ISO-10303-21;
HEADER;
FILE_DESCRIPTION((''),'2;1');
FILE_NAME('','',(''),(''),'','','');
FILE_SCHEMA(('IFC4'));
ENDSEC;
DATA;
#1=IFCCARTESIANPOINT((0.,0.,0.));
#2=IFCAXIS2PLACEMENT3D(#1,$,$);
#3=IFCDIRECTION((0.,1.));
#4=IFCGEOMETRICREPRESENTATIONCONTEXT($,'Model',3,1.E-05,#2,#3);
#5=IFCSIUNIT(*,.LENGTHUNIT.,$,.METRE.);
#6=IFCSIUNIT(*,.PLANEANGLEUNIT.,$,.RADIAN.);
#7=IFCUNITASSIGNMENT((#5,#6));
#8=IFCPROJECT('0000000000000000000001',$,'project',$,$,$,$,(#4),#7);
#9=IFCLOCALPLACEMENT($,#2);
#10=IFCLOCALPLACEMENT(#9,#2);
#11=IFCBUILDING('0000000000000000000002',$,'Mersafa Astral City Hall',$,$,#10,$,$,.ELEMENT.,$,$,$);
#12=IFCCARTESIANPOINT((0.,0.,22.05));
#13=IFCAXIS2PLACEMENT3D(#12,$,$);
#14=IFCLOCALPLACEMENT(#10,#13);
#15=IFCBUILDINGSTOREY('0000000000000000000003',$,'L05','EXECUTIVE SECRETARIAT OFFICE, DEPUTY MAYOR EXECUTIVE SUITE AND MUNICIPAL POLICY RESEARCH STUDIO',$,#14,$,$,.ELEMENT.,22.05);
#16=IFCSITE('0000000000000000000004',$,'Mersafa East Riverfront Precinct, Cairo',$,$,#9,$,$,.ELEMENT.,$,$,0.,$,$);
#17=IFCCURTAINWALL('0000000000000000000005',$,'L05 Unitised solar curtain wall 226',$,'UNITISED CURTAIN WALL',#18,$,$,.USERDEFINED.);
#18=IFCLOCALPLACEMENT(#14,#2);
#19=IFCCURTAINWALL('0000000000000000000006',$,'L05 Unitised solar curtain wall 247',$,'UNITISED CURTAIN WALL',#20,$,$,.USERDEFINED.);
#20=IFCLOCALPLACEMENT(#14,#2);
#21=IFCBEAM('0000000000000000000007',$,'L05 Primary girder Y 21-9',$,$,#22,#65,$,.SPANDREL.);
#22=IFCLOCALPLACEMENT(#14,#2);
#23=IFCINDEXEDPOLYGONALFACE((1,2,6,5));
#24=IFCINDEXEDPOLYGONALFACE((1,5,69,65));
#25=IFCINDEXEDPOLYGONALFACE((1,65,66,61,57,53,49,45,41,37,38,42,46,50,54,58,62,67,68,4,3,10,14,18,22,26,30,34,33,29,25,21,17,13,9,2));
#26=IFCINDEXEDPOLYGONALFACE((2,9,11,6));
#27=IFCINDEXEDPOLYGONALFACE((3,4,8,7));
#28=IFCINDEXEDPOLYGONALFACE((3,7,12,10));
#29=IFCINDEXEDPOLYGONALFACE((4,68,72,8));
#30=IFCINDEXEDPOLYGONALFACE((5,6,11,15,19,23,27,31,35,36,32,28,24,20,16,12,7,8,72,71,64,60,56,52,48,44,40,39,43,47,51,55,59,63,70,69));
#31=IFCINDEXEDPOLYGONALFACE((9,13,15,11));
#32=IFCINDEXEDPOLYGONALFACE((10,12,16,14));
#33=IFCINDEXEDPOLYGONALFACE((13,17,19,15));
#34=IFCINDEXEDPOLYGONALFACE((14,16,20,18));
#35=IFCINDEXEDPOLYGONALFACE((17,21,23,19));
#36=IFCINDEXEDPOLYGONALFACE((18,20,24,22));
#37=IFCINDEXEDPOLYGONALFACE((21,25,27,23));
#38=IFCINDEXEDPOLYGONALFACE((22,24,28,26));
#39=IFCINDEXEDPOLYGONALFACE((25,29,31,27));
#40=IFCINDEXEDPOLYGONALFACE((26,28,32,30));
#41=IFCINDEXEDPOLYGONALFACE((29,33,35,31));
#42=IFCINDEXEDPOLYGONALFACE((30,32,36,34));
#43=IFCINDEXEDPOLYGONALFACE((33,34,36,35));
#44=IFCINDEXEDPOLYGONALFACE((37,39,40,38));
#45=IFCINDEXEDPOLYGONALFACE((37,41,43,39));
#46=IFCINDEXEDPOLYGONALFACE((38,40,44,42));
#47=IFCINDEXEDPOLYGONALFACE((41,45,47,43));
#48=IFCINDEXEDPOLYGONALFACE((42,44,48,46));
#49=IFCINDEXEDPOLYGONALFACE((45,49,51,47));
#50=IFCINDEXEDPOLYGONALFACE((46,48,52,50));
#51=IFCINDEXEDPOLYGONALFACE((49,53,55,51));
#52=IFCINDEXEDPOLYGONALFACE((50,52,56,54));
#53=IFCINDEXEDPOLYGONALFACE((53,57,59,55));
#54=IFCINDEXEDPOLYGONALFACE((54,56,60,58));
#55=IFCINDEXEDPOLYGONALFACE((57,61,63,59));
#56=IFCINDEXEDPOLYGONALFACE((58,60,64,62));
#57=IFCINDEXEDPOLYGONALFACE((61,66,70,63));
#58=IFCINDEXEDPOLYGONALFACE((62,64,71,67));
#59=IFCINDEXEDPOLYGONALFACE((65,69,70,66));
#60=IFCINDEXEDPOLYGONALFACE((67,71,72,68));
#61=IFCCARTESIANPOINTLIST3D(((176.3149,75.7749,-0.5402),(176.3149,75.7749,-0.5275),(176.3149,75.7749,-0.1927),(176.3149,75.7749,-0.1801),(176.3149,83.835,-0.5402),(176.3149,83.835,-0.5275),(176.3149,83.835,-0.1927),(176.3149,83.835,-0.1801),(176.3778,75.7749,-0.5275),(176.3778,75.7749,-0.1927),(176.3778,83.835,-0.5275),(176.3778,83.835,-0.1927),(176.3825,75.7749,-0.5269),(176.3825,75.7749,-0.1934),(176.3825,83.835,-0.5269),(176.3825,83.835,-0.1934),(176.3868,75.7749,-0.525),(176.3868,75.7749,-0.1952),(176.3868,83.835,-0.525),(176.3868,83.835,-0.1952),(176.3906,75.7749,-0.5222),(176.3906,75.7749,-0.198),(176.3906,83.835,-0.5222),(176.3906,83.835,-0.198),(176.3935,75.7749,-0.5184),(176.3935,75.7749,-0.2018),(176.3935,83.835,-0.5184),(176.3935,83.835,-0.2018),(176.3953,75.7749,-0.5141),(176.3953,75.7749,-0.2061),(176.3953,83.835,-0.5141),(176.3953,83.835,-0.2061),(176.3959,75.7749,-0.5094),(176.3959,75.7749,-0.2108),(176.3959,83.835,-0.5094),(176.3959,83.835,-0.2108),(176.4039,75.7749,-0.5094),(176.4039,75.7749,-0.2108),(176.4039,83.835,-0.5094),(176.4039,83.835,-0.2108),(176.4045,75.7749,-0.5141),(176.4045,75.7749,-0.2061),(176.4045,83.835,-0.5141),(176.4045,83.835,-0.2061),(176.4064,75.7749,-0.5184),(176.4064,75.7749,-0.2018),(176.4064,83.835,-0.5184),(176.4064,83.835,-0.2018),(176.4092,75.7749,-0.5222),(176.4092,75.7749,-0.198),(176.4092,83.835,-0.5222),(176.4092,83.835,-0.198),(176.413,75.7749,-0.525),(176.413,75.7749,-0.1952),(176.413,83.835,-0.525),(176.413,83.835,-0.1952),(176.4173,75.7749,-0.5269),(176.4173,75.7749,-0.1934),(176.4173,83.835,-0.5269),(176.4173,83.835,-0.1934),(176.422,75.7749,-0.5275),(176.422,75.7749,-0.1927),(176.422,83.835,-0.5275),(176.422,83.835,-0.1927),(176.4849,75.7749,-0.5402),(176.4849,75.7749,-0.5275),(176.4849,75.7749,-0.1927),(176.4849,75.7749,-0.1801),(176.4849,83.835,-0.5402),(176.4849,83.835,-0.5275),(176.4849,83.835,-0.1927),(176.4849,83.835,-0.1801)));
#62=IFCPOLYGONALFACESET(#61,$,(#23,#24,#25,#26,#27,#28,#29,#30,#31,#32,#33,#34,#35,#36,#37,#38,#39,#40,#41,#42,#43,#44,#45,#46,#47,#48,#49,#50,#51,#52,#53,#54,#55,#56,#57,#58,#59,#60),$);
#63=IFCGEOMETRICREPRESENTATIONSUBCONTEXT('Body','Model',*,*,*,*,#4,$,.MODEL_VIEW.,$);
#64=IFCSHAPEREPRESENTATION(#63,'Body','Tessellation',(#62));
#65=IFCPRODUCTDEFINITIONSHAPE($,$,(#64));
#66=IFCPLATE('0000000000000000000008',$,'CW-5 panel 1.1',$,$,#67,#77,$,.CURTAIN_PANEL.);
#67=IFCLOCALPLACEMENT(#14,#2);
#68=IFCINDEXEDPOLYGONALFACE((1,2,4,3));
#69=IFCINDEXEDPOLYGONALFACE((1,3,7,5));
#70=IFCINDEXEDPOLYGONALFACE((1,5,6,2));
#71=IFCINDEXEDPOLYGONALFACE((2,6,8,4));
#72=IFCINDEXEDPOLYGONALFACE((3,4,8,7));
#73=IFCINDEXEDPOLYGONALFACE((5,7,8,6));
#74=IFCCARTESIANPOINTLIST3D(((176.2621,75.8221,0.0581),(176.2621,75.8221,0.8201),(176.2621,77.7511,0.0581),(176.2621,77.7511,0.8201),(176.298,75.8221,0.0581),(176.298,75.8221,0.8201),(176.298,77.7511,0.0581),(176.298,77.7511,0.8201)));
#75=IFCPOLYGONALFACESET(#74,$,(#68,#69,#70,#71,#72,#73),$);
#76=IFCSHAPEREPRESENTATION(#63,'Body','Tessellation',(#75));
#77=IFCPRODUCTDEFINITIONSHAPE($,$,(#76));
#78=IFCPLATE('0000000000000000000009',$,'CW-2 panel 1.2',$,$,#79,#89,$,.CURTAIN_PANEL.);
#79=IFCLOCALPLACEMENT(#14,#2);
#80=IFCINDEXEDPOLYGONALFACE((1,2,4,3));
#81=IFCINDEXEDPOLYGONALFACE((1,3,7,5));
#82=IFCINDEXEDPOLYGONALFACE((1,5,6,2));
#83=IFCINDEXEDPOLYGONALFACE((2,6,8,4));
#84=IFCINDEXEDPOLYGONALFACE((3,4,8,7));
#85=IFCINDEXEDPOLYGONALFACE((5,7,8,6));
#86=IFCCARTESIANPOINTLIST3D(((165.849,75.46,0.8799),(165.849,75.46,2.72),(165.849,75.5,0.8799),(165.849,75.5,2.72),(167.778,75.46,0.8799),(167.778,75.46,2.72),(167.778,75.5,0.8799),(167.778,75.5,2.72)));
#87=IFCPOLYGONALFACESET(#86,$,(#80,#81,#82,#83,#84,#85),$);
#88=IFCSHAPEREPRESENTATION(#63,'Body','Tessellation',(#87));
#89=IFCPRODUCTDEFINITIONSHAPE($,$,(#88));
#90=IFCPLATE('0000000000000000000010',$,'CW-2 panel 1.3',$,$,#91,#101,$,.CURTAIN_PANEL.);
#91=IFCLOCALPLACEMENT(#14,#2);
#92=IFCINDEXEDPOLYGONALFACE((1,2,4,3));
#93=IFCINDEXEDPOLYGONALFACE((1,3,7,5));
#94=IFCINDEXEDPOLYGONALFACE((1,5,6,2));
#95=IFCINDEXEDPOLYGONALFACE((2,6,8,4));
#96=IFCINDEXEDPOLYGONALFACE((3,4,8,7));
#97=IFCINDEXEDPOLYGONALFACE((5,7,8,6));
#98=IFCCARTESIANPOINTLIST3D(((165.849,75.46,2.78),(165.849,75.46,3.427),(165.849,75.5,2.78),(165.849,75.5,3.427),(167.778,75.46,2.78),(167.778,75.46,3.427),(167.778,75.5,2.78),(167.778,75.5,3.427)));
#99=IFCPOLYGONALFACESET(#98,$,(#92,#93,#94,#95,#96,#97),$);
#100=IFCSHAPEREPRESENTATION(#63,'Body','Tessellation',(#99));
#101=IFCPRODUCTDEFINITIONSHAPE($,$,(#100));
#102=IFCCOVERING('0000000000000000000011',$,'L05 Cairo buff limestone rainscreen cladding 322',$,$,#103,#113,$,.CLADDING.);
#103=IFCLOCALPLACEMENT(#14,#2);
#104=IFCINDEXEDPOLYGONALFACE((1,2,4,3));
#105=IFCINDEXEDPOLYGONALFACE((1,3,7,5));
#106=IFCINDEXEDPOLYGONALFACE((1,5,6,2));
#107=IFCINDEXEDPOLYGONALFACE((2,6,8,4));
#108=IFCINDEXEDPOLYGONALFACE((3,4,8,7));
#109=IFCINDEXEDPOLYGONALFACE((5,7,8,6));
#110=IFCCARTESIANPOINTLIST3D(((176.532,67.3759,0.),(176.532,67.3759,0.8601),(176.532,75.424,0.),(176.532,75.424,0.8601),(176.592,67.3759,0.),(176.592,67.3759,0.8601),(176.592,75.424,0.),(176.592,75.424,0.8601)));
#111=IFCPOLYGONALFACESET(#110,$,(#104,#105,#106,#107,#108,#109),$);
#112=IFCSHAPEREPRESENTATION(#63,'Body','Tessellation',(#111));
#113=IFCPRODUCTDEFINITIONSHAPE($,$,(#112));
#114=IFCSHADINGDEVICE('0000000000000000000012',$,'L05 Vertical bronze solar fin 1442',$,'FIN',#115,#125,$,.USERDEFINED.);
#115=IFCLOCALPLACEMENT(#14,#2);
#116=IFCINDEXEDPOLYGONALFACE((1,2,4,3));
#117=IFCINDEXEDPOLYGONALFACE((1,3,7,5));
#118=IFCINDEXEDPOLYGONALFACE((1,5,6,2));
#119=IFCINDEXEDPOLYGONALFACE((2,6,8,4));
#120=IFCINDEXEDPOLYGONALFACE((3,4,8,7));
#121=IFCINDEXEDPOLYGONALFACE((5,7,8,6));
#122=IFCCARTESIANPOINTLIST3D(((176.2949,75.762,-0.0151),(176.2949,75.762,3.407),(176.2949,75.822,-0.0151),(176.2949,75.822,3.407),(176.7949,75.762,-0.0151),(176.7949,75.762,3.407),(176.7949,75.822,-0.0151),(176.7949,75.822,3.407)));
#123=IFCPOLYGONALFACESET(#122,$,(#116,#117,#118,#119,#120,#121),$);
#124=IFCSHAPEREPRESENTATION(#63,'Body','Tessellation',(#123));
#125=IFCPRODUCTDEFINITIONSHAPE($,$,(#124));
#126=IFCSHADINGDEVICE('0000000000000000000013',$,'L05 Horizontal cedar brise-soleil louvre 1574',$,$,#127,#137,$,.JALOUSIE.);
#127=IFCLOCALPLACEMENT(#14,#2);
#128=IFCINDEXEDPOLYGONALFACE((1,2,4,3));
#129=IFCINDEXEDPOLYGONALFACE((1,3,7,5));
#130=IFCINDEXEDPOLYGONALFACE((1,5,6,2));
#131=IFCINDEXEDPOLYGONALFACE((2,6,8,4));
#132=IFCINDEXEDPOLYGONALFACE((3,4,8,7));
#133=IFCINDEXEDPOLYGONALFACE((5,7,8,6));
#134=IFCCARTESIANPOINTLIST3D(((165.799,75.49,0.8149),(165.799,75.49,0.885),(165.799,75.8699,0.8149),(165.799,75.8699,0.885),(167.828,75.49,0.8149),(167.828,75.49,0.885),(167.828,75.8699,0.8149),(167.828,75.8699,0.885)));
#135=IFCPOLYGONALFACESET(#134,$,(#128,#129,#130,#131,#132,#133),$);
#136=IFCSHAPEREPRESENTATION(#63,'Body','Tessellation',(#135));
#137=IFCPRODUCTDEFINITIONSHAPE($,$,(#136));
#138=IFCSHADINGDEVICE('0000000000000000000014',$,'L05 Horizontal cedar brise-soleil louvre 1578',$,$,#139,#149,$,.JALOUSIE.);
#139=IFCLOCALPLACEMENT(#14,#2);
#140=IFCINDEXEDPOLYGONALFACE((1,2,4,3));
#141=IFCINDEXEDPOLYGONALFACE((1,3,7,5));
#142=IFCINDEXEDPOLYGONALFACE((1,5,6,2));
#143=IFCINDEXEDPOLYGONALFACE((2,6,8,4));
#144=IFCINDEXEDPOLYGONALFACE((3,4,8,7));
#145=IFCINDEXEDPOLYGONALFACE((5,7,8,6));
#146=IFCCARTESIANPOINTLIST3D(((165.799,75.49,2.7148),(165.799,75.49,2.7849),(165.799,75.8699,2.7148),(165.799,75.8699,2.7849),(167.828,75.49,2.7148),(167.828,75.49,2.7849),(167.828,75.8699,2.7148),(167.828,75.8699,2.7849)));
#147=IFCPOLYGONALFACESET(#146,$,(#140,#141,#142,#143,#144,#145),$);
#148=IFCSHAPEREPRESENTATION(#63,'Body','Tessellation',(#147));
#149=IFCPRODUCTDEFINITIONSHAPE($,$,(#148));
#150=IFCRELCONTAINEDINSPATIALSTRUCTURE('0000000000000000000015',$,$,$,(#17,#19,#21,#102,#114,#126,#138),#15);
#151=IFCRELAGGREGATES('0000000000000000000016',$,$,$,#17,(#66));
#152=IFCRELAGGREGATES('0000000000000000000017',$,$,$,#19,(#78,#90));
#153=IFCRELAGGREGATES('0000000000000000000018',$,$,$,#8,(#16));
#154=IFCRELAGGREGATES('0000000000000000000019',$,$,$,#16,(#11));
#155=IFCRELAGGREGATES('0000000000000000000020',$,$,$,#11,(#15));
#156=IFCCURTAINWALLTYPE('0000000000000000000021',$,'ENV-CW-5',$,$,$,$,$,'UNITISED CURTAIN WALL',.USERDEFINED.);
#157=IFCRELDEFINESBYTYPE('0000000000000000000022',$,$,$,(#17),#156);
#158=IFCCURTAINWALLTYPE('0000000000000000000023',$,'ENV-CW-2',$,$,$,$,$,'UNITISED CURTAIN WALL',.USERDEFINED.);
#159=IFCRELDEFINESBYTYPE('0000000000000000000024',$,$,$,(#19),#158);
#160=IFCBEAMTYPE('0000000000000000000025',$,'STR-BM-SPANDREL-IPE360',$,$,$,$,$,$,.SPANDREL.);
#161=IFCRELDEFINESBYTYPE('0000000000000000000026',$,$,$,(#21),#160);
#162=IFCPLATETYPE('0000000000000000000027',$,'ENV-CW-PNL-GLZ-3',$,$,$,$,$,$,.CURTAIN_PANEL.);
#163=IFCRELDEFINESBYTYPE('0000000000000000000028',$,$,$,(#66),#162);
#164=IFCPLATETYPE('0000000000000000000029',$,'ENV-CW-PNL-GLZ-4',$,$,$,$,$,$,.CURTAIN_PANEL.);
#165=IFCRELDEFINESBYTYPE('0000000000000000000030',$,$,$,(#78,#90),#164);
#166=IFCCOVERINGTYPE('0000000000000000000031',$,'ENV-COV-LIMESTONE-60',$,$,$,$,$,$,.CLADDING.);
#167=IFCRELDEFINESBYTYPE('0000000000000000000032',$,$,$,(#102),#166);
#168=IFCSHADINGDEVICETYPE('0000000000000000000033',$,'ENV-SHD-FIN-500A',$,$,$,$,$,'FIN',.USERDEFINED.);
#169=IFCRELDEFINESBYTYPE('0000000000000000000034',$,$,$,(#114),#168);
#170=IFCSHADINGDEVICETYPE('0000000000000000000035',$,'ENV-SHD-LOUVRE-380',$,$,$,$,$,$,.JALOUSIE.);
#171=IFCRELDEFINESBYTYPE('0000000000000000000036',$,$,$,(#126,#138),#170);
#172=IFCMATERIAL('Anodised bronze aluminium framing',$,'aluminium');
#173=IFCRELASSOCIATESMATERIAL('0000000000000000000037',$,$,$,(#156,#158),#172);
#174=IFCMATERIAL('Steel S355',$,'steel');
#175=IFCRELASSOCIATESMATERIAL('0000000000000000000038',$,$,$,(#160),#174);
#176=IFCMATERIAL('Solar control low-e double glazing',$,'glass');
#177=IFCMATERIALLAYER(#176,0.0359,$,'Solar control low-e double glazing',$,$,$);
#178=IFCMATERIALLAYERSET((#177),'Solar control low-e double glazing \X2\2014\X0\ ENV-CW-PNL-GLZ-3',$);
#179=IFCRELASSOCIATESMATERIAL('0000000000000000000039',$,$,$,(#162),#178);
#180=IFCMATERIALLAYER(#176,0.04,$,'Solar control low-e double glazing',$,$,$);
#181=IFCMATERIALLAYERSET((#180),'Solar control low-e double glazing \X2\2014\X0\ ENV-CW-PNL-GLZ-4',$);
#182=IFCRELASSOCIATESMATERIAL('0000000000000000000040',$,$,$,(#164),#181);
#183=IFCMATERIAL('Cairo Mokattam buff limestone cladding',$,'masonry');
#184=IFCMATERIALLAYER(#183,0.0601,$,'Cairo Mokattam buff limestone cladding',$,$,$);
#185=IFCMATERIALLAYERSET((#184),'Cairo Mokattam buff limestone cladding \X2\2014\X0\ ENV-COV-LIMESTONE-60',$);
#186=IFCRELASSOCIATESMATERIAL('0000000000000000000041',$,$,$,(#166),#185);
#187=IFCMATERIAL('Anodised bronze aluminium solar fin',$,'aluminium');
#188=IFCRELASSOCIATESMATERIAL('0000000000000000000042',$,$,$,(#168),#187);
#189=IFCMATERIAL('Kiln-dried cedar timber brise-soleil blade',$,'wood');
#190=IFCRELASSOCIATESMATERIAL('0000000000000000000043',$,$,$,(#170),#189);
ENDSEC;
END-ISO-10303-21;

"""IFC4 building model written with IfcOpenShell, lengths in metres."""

from ifc_helpers import new_model, si_unit, direction, frame, origin, origin_2d, place, context, subcontext, project, spatial, rectangle, i_section, extrude, material, layer, layer_set, material_profile, profile_set, type_object, element, aggregate, save


model = new_model("IFC4")

# Units and contexts
model_context = context("Model", 3, precision=1e-05, world=origin(), true_north=direction((0.0, 1.0)))
body_context = subcontext(model_context, "Body", "Model", "MODEL_VIEW")
ifc_project = project(units=[si_unit("LENGTHUNIT", "METRE"), si_unit("PLANEANGLEUNIT", "RADIAN")], contexts=[model_context])

# Site, building, storey
site_placement = place(None, origin())
site = spatial("IfcSite", under=ifc_project, at=site_placement, Name="Mersafa East Riverfront Precinct, Cairo", CompositionType="ELEMENT", RefElevation=0.0)
building_placement = place(site_placement, origin())
building = spatial("IfcBuilding", under=site, at=building_placement, Name="Mersafa Astral City Hall", CompositionType="ELEMENT")
storey_placement = place(building_placement, frame((0.0, 0.0, 22.05)))
storey = spatial("IfcBuildingStorey", under=building, at=storey_placement, Name="L05", Description="EXECUTIVE SECRETARIAT OFFICE, DEPUTY MAYOR EXECUTIVE SUITE AND MUNICIPAL POLICY RESEARCH STUDIO", CompositionType="ELEMENT", Elevation=22.05)

# Shared definitions
ifc_material_1 = material(Name="Steel S355", Category="steel")

# Curtain wall
ifc_material_2 = material(Name="Anodised bronze aluminium framing", Category="aluminium")
curtain_wall_type_1 = type_object("IfcCurtainWallType", Name="ENV-CW-5", ElementType="UNITISED CURTAIN WALL", PredefinedType="USERDEFINED", material=ifc_material_2)
curtain_wall_1_placement = place(storey_placement, origin())
curtain_wall_1 = element("IfcCurtainWall", 1, at=curtain_wall_1_placement, inside=storey, type_object=curtain_wall_type_1, Name="L05 Unitised solar curtain wall 226", ObjectType="UNITISED CURTAIN WALL", PredefinedType="USERDEFINED")

# Curtain wall
curtain_wall_type_2 = type_object("IfcCurtainWallType", Name="ENV-CW-2", ElementType="UNITISED CURTAIN WALL", PredefinedType="USERDEFINED", material=ifc_material_2)
curtain_wall_2_placement = place(storey_placement, origin())
curtain_wall_2 = element("IfcCurtainWall", 2, at=curtain_wall_2_placement, inside=storey, type_object=curtain_wall_type_2, Name="L05 Unitised solar curtain wall 247", ObjectType="UNITISED CURTAIN WALL", PredefinedType="USERDEFINED")

# Beam
ifc_material_profile_1 = material_profile(ifc_material_1, i_section(OverallWidth=0.1699, OverallDepth=0.3601, WebThickness=0.0081, FlangeThickness=0.0127, FilletRadius=0.0181, at=origin_2d()), Name="IPE 360")
ifc_profile_set_1 = profile_set([ifc_material_profile_1], Name="Steel S355")
beam_type_1 = type_object("IfcBeamType", Name="STR-BM-SPANDREL-IPE360", PredefinedType="SPANDREL", material=ifc_profile_set_1)
beam_1_placement = place(storey_placement, frame((176.3999, 75.7749, -0.3601), z_axis=(0.0, 1.0, 0.0), x_axis=(-1.0, 0.0, 0.0)))
element("IfcBeam", 3, at=beam_1_placement, inside=storey, type_object=beam_type_1, Name="L05 Primary girder Y 21-9", PredefinedType="SPANDREL", context=body_context, shape_type="SweptSolid", body=[
    extrude(i_section(OverallWidth=0.1699, OverallDepth=0.3601, WebThickness=0.0081, FlangeThickness=0.0127, FilletRadius=0.0181, at=origin_2d()), origin(), (0.0, 0.0, 1.0), 8.0601),
])

# Plates
ifc_material_3 = material(Name="Solar control low-e double glazing", Category="glass")
ifc_layer_1 = layer(ifc_material_3, 0.0359, Name="Solar control low-e double glazing")
ifc_layer_set_1 = layer_set([ifc_layer_1], Name="Solar control low-e double glazing — ENV-CW-PNL-GLZ-3")
plate_type_1 = type_object("IfcPlateType", Name="ENV-CW-PNL-GLZ-3", PredefinedType="CURTAIN_PANEL", material=ifc_layer_set_1)
plate_1_placement = place(storey_placement, frame((176.28, 76.7866, 0.0581), z_axis=(0.0, 0.0, 1.0), x_axis=(0.0, 1.0, 0.0)))
plate_1 = element("IfcPlate", 4, at=plate_1_placement, type_object=plate_type_1, Name="CW-5 panel 1.1", PredefinedType="CURTAIN_PANEL", context=body_context, shape_type="SweptSolid", body=[
    extrude(rectangle(XDim=1.929, YDim=0.0359, at=origin_2d()), origin(), (0.0, 0.0, 1.0), 0.762),
])
aggregate(curtain_wall_1, [plate_1])
ifc_layer_2 = layer(ifc_material_3, 0.04, Name="Solar control low-e double glazing")
ifc_layer_set_2 = layer_set([ifc_layer_2], Name="Solar control low-e double glazing — ENV-CW-PNL-GLZ-4")
plate_type_2 = type_object("IfcPlateType", Name="ENV-CW-PNL-GLZ-4", PredefinedType="CURTAIN_PANEL", material=ifc_layer_set_2)
plate_2_placement = place(storey_placement, frame((166.8135, 75.48, 0.8799), z_axis=(0.0, 0.0, 1.0), x_axis=(-1.0, 0.0, 0.0)))
plate_2 = element("IfcPlate", 5, at=plate_2_placement, type_object=plate_type_2, Name="CW-2 panel 1.2", PredefinedType="CURTAIN_PANEL", context=body_context, shape_type="SweptSolid", body=[
    extrude(rectangle(XDim=1.929, YDim=0.04, at=origin_2d()), origin(), (0.0, 0.0, 1.0), 1.8401),
])
plate_3_placement = place(storey_placement, frame((166.8135, 75.48, 2.78), z_axis=(0.0, 0.0, 1.0), x_axis=(-1.0, 0.0, 0.0)))
plate_3 = element("IfcPlate", 6, at=plate_3_placement, type_object=plate_type_2, Name="CW-2 panel 1.3", PredefinedType="CURTAIN_PANEL", context=body_context, shape_type="SweptSolid", body=[
    extrude(rectangle(XDim=1.929, YDim=0.04, at=origin_2d()), origin(), (0.0, 0.0, 1.0), 0.647),
])
aggregate(curtain_wall_2, [plate_2, plate_3])

# Covering
ifc_material_4 = material(Name="Cairo Mokattam buff limestone cladding", Category="masonry")
ifc_layer_3 = layer(ifc_material_4, 0.0601, Name="Cairo Mokattam buff limestone cladding")
ifc_layer_set_3 = layer_set([ifc_layer_3], Name="Cairo Mokattam buff limestone cladding — ENV-COV-LIMESTONE-60")
covering_type = type_object("IfcCoveringType", Name="ENV-COV-LIMESTONE-60", PredefinedType="CLADDING", material=ifc_layer_set_3)
covering_placement = place(storey_placement, frame((176.562, 71.3999, 0.0), z_axis=(0.0, 0.0, 1.0), x_axis=(0.0, 1.0, 0.0)))
element("IfcCovering", 7, at=covering_placement, inside=storey, type_object=covering_type, Name="L05 Cairo buff limestone rainscreen cladding 322", PredefinedType="CLADDING", context=body_context, shape_type="SweptSolid", body=[
    extrude(rectangle(XDim=8.0481, YDim=0.0601, at=origin_2d()), origin(), (0.0, 0.0, 1.0), 0.8601),
])

# Shading devices
ifc_material_5 = material(Name="Anodised bronze aluminium solar fin", Category="aluminium")
shading_device_type_1 = type_object("IfcShadingDeviceType", Name="ENV-SHD-FIN-500A", ElementType="FIN", PredefinedType="USERDEFINED", material=ifc_material_5)
shading_device_placement = place(storey_placement, frame((176.5449, 75.792, -0.0151), z_axis=(0.0, 0.0, 1.0), x_axis=(0.0, 1.0, 0.0)))
element("IfcShadingDevice", 8, at=shading_device_placement, inside=storey, type_object=shading_device_type_1, Name="L05 Vertical bronze solar fin 1442", ObjectType="FIN", PredefinedType="USERDEFINED", context=body_context, shape_type="SweptSolid", body=[
    extrude(rectangle(XDim=0.0601, YDim=0.5, at=origin_2d()), origin(), (0.0, 0.0, 1.0), 3.4221),
])
ifc_material_6 = material(Name="Kiln-dried cedar timber brise-soleil blade", Category="wood")
shading_device_type_2 = type_object("IfcShadingDeviceType", Name="ENV-SHD-LOUVRE-380", PredefinedType="JALOUSIE", material=ifc_material_6)
for number, where, z_axis, x_axis, name in (
    (9, (166.8135, 75.6799, 0.8149), (0.0, 0.0, 1.0), (-1.0, 0.0, 0.0), "L05 Horizontal cedar brise-soleil louvre 1574"),
    (10, (166.8135, 75.6799, 2.7148), (0.0, 0.0, 1.0), (-1.0, 0.0, 0.0), "L05 Horizontal cedar brise-soleil louvre 1578"),
):
    element("IfcShadingDevice", number, at=place(storey_placement, frame(where, z_axis=z_axis, x_axis=x_axis)), inside=storey, type_object=shading_device_type_2, Name=name, PredefinedType="JALOUSIE", context=body_context, shape_type="SweptSolid", body=[
        extrude(rectangle(XDim=2.0291, YDim=0.3799, at=origin_2d()), origin(), (0.0, 0.0, 1.0), 0.0701),
    ])

save(model, "model.ifc")
